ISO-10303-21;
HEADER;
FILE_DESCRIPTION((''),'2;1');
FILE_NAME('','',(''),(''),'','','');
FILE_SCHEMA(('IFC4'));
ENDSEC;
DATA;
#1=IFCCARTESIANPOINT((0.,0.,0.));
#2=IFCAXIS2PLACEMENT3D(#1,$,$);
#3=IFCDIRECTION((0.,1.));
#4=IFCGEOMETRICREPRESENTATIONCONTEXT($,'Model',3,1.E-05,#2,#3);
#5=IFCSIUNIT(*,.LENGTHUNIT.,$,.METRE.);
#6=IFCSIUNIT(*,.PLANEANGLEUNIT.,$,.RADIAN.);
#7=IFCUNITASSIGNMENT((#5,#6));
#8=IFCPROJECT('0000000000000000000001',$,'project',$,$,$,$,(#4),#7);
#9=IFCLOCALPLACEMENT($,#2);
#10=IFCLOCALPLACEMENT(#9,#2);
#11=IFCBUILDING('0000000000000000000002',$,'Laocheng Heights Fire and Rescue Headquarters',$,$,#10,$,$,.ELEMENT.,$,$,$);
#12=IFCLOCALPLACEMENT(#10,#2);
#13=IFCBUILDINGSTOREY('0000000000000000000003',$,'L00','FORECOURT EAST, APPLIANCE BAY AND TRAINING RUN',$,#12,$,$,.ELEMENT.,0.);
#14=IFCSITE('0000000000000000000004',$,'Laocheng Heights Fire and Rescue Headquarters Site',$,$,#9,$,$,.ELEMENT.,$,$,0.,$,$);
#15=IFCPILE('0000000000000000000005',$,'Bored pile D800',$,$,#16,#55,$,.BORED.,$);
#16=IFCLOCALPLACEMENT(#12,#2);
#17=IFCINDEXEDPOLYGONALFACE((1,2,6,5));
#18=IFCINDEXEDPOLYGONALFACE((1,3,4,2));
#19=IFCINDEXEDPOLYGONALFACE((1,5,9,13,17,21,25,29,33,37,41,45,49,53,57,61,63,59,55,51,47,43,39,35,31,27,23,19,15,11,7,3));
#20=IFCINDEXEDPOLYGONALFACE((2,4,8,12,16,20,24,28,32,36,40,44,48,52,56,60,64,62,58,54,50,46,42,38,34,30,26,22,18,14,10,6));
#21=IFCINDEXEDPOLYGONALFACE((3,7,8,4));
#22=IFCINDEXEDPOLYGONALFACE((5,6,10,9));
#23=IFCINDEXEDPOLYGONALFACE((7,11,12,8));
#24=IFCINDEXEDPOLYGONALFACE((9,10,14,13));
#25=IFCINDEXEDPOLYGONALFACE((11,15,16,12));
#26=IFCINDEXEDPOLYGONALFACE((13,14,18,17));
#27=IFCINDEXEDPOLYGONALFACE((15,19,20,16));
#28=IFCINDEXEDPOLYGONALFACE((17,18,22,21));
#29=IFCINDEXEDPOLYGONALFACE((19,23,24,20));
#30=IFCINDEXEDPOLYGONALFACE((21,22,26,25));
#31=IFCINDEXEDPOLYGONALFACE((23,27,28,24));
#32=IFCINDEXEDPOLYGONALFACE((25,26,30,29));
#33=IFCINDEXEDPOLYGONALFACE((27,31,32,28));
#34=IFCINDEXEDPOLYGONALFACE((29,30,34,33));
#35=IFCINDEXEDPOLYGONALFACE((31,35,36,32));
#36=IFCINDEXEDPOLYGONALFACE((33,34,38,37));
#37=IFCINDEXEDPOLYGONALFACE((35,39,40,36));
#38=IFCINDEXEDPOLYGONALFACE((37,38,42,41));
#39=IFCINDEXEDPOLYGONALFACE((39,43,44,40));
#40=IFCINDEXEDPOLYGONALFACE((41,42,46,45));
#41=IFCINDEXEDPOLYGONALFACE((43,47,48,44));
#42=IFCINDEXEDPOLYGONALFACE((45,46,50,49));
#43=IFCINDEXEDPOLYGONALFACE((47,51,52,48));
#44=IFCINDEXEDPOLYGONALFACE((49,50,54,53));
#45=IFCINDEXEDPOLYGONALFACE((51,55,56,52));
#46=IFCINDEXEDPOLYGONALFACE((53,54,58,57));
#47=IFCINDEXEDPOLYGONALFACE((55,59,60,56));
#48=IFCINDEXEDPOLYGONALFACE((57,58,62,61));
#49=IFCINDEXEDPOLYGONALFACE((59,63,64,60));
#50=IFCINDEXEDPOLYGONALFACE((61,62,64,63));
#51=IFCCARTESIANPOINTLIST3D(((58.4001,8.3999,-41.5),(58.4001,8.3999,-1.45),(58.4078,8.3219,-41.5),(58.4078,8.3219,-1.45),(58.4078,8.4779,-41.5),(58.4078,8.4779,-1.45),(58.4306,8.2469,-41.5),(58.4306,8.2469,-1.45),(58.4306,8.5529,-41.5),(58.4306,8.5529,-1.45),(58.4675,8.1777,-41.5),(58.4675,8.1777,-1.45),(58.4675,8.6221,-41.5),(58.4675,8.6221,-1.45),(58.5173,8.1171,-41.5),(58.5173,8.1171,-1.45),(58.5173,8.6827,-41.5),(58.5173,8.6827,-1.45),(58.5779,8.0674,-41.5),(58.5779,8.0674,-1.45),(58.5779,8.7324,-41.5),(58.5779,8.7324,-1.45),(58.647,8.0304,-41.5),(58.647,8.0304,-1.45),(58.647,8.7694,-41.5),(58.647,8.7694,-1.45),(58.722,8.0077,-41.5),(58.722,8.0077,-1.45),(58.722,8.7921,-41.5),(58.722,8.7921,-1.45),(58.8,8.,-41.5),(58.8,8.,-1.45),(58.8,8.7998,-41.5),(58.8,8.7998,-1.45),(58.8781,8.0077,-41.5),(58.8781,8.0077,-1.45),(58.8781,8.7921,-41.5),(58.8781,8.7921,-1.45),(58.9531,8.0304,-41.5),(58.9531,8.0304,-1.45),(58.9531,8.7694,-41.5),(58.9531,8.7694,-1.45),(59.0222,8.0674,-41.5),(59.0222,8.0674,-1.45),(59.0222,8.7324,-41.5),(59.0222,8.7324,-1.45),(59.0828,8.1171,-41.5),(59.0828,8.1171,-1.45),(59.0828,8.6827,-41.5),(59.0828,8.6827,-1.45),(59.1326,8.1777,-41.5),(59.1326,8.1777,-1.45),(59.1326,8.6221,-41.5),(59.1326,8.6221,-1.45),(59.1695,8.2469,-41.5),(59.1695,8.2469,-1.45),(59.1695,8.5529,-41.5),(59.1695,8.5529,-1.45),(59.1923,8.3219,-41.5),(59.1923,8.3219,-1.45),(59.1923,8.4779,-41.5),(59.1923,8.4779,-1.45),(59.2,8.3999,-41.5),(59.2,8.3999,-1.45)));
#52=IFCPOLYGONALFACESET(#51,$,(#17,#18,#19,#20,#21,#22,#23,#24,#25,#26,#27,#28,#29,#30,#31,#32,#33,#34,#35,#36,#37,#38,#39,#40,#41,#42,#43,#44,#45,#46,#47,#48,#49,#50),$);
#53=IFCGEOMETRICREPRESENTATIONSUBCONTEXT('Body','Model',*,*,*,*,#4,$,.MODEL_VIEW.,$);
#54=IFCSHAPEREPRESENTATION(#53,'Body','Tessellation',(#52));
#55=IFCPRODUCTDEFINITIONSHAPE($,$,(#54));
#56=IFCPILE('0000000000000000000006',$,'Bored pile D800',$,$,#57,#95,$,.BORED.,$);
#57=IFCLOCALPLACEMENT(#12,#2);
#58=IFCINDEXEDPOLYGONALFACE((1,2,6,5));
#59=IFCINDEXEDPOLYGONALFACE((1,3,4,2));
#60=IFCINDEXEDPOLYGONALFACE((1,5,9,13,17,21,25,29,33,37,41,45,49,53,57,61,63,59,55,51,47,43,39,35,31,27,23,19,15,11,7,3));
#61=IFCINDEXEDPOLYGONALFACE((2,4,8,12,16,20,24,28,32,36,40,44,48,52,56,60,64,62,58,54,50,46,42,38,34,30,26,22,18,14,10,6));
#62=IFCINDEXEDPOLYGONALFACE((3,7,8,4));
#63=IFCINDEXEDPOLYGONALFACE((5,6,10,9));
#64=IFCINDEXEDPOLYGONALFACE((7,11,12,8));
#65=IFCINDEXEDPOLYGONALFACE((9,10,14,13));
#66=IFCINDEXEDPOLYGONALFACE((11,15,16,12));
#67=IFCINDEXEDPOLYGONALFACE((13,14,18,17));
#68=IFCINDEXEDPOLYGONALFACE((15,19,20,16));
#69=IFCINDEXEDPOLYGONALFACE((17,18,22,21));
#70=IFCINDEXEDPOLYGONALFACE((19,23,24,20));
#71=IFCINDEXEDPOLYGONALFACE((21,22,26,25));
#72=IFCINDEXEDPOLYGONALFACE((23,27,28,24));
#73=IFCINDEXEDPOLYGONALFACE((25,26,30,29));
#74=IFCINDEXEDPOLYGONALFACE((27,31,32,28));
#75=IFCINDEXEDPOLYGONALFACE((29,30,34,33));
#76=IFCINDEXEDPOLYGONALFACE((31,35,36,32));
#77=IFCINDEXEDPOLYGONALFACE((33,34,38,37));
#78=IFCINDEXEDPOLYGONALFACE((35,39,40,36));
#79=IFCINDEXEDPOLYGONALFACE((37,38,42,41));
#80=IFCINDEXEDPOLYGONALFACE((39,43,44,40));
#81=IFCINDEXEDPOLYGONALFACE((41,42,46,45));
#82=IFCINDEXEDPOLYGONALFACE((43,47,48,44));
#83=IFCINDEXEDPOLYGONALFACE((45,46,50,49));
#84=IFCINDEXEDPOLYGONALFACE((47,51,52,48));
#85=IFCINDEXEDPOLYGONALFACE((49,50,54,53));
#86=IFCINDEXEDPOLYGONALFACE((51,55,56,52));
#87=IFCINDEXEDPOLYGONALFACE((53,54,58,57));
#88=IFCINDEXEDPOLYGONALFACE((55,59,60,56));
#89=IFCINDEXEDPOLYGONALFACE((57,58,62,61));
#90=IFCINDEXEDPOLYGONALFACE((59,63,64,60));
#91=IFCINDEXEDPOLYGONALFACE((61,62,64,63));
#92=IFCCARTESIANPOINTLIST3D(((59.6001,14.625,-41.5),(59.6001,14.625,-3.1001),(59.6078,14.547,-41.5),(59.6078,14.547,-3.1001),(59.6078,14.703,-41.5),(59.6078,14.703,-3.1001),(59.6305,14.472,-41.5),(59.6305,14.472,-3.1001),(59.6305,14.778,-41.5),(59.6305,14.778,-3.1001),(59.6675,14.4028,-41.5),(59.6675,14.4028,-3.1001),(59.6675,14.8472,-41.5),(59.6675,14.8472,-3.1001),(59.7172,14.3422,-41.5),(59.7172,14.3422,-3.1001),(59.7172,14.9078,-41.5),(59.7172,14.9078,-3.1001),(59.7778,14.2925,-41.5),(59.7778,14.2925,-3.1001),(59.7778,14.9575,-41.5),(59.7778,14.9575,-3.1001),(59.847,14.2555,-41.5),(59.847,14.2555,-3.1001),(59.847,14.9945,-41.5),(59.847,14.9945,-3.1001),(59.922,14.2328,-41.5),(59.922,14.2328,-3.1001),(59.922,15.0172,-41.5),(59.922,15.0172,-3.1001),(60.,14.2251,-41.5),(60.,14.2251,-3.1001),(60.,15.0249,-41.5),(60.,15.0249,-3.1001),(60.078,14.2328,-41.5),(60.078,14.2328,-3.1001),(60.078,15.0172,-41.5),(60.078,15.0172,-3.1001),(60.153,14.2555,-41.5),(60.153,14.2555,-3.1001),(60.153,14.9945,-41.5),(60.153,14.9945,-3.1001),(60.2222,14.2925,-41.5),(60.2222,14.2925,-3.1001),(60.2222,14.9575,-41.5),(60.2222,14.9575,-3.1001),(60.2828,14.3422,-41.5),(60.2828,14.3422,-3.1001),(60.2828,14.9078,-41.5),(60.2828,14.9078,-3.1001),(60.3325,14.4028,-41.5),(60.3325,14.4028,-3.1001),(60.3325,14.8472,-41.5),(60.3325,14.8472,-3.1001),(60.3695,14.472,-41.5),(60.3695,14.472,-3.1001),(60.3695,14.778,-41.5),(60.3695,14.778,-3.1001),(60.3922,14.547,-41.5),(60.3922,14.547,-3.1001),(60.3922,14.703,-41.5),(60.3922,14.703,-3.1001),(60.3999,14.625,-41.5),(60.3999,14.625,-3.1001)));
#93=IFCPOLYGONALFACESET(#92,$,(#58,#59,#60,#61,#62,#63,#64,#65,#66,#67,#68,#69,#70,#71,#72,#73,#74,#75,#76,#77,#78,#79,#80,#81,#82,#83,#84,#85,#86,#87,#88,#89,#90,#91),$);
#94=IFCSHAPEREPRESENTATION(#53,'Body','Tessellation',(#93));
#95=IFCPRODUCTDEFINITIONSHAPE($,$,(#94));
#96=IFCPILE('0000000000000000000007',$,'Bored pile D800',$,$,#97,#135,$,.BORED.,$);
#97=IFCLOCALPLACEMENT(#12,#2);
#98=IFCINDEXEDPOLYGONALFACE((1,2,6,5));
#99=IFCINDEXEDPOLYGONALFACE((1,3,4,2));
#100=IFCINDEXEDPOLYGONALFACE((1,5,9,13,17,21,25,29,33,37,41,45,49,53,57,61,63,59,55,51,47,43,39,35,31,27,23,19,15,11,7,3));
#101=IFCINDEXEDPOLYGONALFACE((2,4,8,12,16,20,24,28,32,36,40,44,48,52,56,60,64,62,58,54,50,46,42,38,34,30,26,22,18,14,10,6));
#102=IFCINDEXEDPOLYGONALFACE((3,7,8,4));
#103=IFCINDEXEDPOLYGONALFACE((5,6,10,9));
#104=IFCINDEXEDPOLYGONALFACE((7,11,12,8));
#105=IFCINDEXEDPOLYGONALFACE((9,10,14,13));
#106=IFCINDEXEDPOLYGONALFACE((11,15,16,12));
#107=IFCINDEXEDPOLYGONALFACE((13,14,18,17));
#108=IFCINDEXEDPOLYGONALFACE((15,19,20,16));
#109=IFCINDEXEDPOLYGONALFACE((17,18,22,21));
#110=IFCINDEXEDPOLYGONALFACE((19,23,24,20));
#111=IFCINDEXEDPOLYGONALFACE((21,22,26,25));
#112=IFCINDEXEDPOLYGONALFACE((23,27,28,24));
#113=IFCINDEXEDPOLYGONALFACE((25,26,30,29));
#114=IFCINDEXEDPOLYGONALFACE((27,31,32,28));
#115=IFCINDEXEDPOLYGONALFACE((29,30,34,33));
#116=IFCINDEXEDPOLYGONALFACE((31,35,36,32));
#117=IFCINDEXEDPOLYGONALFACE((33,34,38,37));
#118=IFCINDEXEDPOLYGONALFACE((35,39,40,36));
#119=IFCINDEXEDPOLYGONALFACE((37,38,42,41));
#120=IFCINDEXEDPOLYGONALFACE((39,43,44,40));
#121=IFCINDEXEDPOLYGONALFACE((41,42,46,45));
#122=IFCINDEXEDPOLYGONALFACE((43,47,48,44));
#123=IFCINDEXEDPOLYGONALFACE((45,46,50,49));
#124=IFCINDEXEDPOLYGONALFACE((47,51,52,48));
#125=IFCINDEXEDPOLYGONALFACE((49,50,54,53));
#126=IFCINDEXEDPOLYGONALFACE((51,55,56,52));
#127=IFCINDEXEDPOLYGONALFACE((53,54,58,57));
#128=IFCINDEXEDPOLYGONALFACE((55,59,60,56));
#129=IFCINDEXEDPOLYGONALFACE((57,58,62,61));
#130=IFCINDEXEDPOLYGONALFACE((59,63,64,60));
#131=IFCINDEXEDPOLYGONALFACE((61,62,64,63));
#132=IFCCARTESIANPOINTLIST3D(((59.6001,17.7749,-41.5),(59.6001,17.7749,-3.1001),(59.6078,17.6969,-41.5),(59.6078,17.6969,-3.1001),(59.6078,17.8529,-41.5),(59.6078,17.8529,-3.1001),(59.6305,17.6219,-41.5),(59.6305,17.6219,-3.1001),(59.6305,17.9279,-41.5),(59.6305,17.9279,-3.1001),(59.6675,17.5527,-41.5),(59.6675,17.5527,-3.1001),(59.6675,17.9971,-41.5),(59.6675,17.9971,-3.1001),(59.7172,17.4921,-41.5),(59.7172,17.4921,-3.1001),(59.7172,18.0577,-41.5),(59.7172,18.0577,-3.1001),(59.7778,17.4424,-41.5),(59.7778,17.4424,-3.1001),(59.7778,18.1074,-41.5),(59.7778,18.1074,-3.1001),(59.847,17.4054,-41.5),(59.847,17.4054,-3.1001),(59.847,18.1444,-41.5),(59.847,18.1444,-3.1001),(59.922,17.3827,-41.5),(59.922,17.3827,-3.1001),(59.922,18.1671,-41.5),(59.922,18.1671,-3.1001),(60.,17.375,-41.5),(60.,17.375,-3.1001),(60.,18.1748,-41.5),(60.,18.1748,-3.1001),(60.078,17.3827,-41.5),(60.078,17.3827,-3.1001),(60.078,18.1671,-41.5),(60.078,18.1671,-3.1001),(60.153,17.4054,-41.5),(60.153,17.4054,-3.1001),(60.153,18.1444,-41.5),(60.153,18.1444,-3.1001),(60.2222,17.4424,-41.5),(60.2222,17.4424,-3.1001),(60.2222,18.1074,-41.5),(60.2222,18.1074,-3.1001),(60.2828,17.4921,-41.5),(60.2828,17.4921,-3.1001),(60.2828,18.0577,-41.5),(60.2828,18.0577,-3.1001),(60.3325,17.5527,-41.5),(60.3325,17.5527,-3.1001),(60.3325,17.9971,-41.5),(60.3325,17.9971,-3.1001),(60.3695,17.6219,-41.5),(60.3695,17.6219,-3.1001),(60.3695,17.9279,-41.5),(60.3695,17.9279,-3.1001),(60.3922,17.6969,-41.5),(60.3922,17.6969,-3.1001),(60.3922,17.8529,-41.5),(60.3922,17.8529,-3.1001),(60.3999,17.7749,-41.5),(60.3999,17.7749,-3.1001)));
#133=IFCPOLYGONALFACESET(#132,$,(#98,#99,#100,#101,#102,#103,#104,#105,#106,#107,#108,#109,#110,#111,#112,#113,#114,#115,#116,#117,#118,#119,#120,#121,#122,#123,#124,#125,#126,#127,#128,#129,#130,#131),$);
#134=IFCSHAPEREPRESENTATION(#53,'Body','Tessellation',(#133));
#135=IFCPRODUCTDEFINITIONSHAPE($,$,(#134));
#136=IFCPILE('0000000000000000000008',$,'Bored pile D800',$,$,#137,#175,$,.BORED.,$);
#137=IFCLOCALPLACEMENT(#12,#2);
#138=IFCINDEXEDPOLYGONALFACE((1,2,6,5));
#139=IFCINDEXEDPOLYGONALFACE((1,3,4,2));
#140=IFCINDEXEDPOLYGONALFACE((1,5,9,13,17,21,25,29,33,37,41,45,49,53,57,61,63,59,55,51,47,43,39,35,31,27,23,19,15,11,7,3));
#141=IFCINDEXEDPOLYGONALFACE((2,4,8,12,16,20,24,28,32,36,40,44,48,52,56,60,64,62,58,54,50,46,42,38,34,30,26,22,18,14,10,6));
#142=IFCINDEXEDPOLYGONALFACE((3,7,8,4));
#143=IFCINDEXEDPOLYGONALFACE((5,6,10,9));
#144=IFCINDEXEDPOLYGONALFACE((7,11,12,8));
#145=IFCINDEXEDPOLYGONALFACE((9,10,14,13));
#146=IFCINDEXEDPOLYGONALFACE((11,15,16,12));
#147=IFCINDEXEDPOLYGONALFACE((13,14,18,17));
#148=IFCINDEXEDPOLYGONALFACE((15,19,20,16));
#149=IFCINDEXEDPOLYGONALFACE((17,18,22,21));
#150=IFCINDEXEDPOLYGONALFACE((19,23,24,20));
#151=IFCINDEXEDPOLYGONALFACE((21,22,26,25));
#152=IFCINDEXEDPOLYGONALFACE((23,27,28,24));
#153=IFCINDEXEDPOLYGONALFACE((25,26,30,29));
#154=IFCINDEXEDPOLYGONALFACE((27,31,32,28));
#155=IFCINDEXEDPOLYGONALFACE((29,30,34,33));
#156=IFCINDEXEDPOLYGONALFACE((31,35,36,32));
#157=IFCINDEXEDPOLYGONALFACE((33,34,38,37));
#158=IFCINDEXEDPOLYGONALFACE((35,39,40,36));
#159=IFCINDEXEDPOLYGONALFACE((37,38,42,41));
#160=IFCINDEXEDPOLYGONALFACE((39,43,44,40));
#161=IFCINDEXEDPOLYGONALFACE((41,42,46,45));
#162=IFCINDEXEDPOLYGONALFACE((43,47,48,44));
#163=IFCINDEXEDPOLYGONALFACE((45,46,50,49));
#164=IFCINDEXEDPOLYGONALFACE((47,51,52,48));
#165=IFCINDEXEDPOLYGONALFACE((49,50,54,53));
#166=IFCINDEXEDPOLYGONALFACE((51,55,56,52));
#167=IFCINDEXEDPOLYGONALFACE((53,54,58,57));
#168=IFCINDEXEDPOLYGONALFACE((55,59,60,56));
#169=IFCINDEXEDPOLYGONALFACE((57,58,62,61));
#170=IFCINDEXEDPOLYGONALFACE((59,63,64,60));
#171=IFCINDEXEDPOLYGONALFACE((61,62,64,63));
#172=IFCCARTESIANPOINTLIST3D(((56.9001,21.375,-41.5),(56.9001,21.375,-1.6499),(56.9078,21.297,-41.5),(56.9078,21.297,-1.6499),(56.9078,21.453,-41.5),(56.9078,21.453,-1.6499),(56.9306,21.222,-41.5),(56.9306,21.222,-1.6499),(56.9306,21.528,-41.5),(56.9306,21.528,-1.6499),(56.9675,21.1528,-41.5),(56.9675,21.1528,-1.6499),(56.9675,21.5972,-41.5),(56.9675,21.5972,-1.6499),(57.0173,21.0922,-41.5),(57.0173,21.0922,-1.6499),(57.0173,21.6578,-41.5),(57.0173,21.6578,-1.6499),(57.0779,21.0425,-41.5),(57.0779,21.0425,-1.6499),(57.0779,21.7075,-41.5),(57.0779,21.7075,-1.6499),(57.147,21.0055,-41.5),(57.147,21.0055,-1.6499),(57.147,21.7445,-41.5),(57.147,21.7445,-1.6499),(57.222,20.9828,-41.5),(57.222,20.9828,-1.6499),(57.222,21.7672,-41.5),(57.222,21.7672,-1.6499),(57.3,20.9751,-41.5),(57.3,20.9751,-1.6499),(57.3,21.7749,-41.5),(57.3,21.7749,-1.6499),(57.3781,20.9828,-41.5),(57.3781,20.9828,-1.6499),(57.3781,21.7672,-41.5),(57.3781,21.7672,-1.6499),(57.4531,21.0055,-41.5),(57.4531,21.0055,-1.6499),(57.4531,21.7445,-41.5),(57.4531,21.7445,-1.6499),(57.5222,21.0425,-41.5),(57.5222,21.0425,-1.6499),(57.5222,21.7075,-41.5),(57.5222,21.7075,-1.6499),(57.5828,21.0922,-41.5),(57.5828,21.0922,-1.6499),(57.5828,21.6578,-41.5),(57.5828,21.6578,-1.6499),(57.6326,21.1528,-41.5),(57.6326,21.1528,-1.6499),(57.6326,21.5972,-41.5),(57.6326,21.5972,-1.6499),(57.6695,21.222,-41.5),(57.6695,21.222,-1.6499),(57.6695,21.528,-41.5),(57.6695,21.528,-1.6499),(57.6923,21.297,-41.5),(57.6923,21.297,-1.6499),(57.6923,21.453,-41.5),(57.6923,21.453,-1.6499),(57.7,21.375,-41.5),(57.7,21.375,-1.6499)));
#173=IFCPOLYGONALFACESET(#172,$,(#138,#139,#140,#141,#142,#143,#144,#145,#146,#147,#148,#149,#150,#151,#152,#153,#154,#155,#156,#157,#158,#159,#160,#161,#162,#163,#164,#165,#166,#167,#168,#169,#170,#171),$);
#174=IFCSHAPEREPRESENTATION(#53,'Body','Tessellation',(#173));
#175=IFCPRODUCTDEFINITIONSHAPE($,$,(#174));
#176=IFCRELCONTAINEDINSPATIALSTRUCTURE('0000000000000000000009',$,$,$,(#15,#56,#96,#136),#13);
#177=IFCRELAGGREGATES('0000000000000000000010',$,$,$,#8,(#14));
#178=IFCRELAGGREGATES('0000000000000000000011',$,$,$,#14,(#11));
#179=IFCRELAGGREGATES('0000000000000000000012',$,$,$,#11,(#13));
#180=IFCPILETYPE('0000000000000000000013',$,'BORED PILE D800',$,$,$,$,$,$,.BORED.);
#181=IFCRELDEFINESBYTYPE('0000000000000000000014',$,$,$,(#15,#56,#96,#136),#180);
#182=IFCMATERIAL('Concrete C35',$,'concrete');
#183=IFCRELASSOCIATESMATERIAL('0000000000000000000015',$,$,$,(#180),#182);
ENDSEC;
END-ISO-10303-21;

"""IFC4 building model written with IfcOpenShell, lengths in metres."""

from ifc_helpers import new_model, si_unit, direction, frame, origin, origin_2d, place, context, subcontext, project, spatial, circle, extrude, material, material_profile, profile_set, type_object, element, save


model = new_model("IFC4")

# Units and contexts
model_context = context("Model", 3, precision=1e-05, world=origin(), true_north=direction((0.0, 1.0)))
body_context = subcontext(model_context, "Body", "Model", "MODEL_VIEW")
ifc_project = project(units=[si_unit("LENGTHUNIT", "METRE"), si_unit("PLANEANGLEUNIT", "RADIAN")], contexts=[model_context])

# Site, building, storey
site_placement = place(None, origin())
site = spatial("IfcSite", under=ifc_project, at=site_placement, Name="Laocheng Heights Fire and Rescue Headquarters Site", CompositionType="ELEMENT", RefElevation=0.0)
building_placement = place(site_placement, origin())
building = spatial("IfcBuilding", under=site, at=building_placement, Name="Laocheng Heights Fire and Rescue Headquarters", CompositionType="ELEMENT")
storey_placement = place(building_placement, origin())
storey = spatial("IfcBuildingStorey", under=building, at=storey_placement, Name="L00", Description="FORECOURT EAST, APPLIANCE BAY AND TRAINING RUN", CompositionType="ELEMENT", Elevation=0.0)

# Piles
ifc_material_1 = material(Name="Concrete C35", Category="concrete")
ifc_material_profile_1 = material_profile(ifc_material_1, circle(Radius=0.3999, at=origin_2d()), Name="BORED PILE D800")
ifc_profile_set_1 = profile_set([ifc_material_profile_1], Name="Concrete C35")
pile_type = type_object("IfcPileType", Name="BORED PILE D800", PredefinedType="BORED", material=ifc_profile_set_1)
pile_placement = place(storey_placement, frame((58.8, 8.3999, -1.45), z_axis=(0.0, 0.0, -1.0), x_axis=(1.0, 0.0, 0.0)))
element("IfcPile", 1, at=pile_placement, inside=storey, type_object=pile_type, Name="Bored pile D800", PredefinedType="BORED", context=body_context, shape_type="SweptSolid", body=[
    extrude(circle(Radius=0.3999, at=origin_2d()), origin(), (0.0, 0.0, 1.0), 40.05),
])
for number, where, z_axis, x_axis, name in (
    (2, (60.0, 14.625, -3.1001), (0.0, 0.0, -1.0), (1.0, 0.0, 0.0), "Bored pile D800"),
    (3, (60.0, 17.7749, -3.1001), (0.0, 0.0, -1.0), (1.0, 0.0, 0.0), "Bored pile D800"),
):
    element("IfcPile", number, at=place(storey_placement, frame(where, z_axis=z_axis, x_axis=x_axis)), inside=storey, type_object=pile_type, Name=name, PredefinedType="BORED", context=body_context, shape_type="SweptSolid", body=[
        extrude(circle(Radius=0.3999, at=origin_2d()), origin(), (0.0, 0.0, 1.0), 38.3999),
    ])
for number, where, z_axis, x_axis, name in (
    (4, (57.3, 21.375, -1.6499), (0.0, 0.0, -1.0), (1.0, 0.0, 0.0), "Bored pile D800"),
):
    element("IfcPile", number, at=place(storey_placement, frame(where, z_axis=z_axis, x_axis=x_axis)), inside=storey, type_object=pile_type, Name=name, PredefinedType="BORED", context=body_context, shape_type="SweptSolid", body=[
        extrude(circle(Radius=0.3999, at=origin_2d()), origin(), (0.0, 0.0, 1.0), 39.8501),
    ])

save(model, "model.ifc")
